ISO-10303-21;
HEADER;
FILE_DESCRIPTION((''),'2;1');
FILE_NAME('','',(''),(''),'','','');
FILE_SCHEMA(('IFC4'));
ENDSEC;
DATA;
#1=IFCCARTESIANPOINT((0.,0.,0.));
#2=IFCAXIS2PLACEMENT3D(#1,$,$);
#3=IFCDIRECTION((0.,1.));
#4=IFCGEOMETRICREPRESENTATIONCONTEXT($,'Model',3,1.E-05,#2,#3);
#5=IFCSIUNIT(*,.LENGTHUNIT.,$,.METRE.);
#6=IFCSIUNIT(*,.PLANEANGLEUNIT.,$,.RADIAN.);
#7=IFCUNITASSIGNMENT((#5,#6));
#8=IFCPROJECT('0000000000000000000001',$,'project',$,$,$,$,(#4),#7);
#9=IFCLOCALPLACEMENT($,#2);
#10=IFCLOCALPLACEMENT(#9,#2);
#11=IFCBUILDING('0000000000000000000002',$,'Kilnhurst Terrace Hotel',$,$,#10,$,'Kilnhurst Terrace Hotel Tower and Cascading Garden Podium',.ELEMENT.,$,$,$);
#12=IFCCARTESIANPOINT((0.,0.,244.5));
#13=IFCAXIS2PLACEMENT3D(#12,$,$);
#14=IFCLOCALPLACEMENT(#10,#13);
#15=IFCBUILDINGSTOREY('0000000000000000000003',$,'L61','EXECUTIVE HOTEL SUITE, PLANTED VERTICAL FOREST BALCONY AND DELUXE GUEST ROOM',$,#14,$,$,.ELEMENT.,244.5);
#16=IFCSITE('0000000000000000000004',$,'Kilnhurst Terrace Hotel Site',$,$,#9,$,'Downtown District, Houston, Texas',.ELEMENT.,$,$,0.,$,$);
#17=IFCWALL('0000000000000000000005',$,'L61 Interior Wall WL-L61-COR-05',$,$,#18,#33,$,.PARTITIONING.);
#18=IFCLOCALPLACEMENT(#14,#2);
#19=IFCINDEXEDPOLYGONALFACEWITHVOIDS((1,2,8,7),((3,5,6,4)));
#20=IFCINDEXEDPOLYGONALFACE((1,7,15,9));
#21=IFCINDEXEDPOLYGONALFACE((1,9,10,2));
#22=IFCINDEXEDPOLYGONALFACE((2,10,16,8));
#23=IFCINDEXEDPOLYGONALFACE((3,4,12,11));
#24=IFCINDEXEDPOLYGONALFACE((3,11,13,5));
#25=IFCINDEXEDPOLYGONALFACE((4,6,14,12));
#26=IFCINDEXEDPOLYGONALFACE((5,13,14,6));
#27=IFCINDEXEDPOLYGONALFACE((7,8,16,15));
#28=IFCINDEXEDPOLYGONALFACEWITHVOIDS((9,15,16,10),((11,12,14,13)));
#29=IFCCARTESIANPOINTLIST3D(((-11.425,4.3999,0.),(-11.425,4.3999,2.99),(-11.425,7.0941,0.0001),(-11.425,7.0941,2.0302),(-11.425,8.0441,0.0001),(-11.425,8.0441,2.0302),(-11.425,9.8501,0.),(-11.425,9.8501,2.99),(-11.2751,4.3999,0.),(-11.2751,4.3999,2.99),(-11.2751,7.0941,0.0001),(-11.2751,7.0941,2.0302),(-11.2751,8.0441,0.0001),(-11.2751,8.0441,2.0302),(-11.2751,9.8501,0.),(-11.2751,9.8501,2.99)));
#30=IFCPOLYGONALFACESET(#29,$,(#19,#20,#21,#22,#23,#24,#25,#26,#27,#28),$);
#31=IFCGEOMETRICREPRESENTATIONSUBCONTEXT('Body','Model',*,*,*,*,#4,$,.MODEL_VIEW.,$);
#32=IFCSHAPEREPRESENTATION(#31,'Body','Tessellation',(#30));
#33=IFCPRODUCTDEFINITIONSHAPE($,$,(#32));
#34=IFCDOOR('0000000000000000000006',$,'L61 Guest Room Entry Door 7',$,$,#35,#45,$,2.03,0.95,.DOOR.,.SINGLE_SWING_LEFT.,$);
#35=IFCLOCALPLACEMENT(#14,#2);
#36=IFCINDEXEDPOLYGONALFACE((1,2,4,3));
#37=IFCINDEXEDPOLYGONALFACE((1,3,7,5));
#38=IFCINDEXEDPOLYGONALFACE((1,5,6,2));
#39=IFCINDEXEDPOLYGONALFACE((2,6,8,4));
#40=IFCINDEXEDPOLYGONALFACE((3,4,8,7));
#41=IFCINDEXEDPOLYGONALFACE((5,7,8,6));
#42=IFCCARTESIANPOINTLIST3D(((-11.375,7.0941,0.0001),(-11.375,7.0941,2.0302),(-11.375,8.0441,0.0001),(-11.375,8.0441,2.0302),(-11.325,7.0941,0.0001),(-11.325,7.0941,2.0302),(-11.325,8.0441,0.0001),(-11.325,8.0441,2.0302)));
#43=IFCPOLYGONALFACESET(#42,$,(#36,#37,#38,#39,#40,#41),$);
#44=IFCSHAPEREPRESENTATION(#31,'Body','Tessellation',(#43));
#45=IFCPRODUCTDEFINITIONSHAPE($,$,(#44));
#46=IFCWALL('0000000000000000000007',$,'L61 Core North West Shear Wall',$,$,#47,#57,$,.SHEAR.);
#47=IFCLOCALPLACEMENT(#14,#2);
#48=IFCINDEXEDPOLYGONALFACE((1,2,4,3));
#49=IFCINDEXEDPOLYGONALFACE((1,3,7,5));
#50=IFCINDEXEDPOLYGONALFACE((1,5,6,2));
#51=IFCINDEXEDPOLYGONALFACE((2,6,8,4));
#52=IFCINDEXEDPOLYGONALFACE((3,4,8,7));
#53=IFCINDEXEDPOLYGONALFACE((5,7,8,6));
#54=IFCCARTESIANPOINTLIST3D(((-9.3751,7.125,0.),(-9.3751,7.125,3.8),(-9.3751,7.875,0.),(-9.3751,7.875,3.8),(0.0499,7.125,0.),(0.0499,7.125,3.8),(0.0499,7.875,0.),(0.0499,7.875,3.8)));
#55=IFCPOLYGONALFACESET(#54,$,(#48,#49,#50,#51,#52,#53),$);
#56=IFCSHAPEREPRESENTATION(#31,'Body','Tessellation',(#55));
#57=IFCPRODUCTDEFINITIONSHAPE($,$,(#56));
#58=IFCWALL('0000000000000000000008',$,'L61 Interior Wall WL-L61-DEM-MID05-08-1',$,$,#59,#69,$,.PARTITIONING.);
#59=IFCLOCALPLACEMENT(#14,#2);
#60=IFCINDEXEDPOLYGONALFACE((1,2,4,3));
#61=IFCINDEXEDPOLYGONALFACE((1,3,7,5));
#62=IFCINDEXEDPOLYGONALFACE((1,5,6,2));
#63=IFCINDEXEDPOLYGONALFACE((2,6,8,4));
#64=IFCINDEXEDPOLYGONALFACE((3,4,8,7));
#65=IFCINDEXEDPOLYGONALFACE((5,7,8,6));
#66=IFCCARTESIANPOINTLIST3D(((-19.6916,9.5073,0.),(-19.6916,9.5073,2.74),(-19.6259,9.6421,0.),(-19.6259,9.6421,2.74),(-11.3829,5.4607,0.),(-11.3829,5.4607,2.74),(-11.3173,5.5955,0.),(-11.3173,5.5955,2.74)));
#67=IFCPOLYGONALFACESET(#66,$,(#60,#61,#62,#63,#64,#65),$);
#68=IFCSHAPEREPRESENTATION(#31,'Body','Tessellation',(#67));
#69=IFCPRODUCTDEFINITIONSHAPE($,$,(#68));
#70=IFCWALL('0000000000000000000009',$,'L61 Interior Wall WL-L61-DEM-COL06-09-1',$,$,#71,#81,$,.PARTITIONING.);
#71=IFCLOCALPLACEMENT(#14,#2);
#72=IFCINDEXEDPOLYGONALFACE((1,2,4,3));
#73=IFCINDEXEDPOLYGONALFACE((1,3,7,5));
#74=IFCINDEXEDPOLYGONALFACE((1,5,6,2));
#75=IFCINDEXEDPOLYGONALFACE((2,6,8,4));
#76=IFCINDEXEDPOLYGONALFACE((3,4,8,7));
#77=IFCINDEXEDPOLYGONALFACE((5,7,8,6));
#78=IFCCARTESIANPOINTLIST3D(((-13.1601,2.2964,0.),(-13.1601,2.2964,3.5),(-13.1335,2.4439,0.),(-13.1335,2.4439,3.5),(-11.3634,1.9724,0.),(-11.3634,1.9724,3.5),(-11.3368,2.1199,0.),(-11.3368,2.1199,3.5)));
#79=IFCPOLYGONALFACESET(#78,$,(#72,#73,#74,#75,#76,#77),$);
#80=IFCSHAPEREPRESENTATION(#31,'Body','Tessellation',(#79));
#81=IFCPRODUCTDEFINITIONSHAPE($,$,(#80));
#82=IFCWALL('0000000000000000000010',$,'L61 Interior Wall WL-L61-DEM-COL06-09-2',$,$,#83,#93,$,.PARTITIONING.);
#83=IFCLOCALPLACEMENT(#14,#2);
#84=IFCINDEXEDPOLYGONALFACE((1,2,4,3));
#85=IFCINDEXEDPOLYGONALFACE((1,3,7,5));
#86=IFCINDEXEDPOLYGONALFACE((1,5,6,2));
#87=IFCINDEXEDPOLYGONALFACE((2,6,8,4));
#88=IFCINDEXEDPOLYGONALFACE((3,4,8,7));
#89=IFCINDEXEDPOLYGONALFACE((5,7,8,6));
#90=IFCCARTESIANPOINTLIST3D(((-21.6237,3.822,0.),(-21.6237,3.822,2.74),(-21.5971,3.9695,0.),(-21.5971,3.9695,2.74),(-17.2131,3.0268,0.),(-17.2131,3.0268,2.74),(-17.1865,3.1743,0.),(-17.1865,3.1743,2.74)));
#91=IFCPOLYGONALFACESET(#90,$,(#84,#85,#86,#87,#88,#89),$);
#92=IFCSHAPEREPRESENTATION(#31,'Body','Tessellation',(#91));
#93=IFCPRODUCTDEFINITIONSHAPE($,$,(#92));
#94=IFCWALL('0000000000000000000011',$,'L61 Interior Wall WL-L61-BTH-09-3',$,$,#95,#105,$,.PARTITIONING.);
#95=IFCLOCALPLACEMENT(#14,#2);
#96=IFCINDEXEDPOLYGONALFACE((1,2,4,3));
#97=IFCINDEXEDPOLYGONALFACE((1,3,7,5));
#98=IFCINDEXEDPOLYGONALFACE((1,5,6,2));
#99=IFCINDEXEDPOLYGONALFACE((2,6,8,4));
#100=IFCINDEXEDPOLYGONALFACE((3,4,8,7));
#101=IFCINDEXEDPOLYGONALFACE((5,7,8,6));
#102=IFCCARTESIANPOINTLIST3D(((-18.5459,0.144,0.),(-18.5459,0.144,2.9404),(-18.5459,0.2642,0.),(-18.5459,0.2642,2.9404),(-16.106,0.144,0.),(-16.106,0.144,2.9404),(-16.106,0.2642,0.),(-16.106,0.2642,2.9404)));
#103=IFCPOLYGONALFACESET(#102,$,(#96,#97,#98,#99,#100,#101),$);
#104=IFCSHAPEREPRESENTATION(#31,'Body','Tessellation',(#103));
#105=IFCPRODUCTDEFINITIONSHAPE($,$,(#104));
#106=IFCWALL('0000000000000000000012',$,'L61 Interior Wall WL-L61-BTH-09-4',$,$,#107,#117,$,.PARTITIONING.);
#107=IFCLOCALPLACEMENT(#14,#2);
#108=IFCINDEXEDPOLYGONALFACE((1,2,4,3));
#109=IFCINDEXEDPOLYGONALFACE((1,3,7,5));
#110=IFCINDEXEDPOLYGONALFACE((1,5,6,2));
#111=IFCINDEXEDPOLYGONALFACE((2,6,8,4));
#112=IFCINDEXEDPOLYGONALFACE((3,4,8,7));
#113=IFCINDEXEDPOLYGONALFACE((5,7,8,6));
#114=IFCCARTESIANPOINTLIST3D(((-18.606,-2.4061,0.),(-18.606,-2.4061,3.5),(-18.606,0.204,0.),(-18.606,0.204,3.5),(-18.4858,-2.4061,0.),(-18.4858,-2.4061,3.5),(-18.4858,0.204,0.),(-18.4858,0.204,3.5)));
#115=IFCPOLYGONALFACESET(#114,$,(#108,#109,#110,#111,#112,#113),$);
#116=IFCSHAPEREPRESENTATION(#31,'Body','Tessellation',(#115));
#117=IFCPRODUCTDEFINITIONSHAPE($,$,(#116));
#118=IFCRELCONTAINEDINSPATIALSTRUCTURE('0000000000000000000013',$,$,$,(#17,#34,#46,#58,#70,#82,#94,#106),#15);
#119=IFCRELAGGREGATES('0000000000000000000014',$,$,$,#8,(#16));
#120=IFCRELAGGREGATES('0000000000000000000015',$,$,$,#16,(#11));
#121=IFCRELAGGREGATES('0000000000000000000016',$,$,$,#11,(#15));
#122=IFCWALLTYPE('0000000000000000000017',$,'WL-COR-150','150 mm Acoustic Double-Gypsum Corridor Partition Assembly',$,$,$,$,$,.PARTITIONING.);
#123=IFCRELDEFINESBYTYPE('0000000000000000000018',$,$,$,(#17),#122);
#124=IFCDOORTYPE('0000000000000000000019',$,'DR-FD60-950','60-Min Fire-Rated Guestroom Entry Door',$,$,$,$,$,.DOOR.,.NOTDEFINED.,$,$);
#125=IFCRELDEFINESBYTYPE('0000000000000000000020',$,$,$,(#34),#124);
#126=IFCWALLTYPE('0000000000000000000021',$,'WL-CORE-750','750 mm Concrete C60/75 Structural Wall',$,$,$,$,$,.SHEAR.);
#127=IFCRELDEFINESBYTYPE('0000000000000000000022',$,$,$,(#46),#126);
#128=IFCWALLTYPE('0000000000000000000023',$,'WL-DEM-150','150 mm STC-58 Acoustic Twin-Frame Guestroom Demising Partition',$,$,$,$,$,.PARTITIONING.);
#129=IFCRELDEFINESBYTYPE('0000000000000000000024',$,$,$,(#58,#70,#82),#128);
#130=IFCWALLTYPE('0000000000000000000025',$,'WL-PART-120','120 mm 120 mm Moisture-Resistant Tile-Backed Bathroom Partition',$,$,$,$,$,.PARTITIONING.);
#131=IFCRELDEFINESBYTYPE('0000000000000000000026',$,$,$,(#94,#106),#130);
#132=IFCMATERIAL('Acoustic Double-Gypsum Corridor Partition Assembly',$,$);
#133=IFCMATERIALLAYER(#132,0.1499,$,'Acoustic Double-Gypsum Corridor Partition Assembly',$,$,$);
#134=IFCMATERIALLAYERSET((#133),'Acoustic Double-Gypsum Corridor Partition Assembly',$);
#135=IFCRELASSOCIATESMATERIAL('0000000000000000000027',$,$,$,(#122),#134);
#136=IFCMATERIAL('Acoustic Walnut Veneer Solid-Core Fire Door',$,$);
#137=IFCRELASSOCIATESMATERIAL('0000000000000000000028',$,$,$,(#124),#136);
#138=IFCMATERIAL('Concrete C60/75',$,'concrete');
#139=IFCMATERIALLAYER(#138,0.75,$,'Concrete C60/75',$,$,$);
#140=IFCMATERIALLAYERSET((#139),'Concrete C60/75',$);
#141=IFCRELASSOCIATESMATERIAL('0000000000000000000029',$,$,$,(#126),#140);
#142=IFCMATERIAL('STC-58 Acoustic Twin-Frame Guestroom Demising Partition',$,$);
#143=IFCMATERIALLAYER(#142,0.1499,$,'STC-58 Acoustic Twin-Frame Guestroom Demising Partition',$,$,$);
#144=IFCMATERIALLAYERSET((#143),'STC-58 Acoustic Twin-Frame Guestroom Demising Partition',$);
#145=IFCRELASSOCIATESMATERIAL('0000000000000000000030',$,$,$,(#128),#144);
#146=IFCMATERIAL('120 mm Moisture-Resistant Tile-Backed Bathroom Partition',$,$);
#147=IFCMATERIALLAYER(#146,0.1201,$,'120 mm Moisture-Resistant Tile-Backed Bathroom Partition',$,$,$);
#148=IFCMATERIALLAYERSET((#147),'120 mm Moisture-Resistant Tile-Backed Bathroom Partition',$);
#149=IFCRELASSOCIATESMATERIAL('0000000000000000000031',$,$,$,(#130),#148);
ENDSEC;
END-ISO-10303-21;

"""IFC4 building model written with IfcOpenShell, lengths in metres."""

from ifc_helpers import new_model, si_unit, direction, frame, frame_2d, origin, place, context, subcontext, project, spatial, rectangle, extrude, material, layer, layer_set, type_object, element, fill, save


model = new_model("IFC4")

# Units and contexts
model_context = context("Model", 3, precision=1e-05, world=origin(), true_north=direction((0.0, 1.0)))
body_context = subcontext(model_context, "Body", "Model", "MODEL_VIEW")
ifc_project = project(units=[si_unit("LENGTHUNIT", "METRE"), si_unit("PLANEANGLEUNIT", "RADIAN")], contexts=[model_context])

# Site, building, storey
site_placement = place(None, origin())
site = spatial("IfcSite", under=ifc_project, at=site_placement, Name="Kilnhurst Terrace Hotel Site", LongName="Downtown District, Houston, Texas", CompositionType="ELEMENT", RefElevation=0.0)
building_placement = place(site_placement, origin())
building = spatial("IfcBuilding", under=site, at=building_placement, Name="Kilnhurst Terrace Hotel", LongName="Kilnhurst Terrace Hotel Tower and Cascading Garden Podium", CompositionType="ELEMENT")
storey_placement = place(building_placement, frame((0.0, 0.0, 244.5)))
storey = spatial("IfcBuildingStorey", under=building, at=storey_placement, Name="L61", Description="EXECUTIVE HOTEL SUITE, PLANTED VERTICAL FOREST BALCONY AND DELUXE GUEST ROOM", CompositionType="ELEMENT", Elevation=244.5)

# Shared definitions
ifc_material_1 = material(Name="Concrete C60/75", Category="concrete")

# Shared definitions
ifc_material_2 = material(Name="Acoustic Double-Gypsum Corridor Partition Assembly")
ifc_layer_1 = layer(ifc_material_2, 0.1499, Name="Acoustic Double-Gypsum Corridor Partition Assembly")
ifc_layer_set_1 = layer_set([ifc_layer_1], Name="Acoustic Double-Gypsum Corridor Partition Assembly")
wall_type_1 = type_object("IfcWallType", Name="WL-COR-150", Description="150 mm Acoustic Double-Gypsum Corridor Partition Assembly", PredefinedType="PARTITIONING", material=ifc_layer_set_1)

# Wall, opening, door
wall_1_placement = place(storey_placement, frame((-11.3501, 4.3999, 0.0), z_axis=(0.0, 0.0, 1.0), x_axis=(0.0, 1.0, 0.0)))
wall_1 = element("IfcWall", 1, at=wall_1_placement, inside=storey, type_object=wall_type_1, Name="L61 Interior Wall WL-L61-COR-05", PredefinedType="PARTITIONING", context=body_context, shape_type="SweptSolid", body=[
    extrude(rectangle(XDim=5.4502, YDim=0.1499, at=frame_2d((2.7251, 0.0))), origin(), (0.0, 0.0, 1.0), 2.99),
])
opening_1_placement = place(wall_1_placement, frame((2.6941, 0.0, 0.0)))
opening_1 = element("IfcOpeningElement", 2, at=opening_1_placement, cuts=wall_1, PredefinedType="OPENING", context=body_context, shape_type="SweptSolid", body=[
    extrude(rectangle(XDim=0.95, YDim=2.03, at=frame_2d((0.4751, 1.0151))), frame((0.0, 0.085, 0.0), z_axis=(0.0, -1.0, 0.0), x_axis=(1.0, 0.0, 0.0)), (0.0, 0.0, 1.0), 0.1699),
])
ifc_material_3 = material(Name="Acoustic Walnut Veneer Solid-Core Fire Door")
door_type_1 = type_object("IfcDoorType", Name="DR-FD60-950", Description="60-Min Fire-Rated Guestroom Entry Door", OperationType="NOTDEFINED", PredefinedType="DOOR", material=ifc_material_3)
door_1_placement = place(opening_1_placement, origin())
door_1 = element("IfcDoor", 3, at=door_1_placement, inside=storey, type_object=door_type_1, Name="L61 Guest Room Entry Door 7", OperationType="SINGLE_SWING_LEFT", OverallHeight=2.03, OverallWidth=0.95, PredefinedType="DOOR", context=body_context, shape_type="SweptSolid", body=[
    extrude(rectangle(XDim=0.95, YDim=2.03, at=frame_2d((0.4751, 1.0151))), frame((0.0, 0.0249, 0.0), z_axis=(0.0, -1.0, 0.0), x_axis=(1.0, 0.0, 0.0)), (0.0, 0.0, 1.0), 0.05),
])
fill(opening_1, door_1)

# Walls
ifc_layer_2 = layer(ifc_material_1, 0.75, Name="Concrete C60/75")
ifc_layer_set_2 = layer_set([ifc_layer_2], Name="Concrete C60/75")
wall_type_2 = type_object("IfcWallType", Name="WL-CORE-750", Description="750 mm Concrete C60/75 Structural Wall", PredefinedType="SHEAR", material=ifc_layer_set_2)
wall_2_placement = place(storey_placement, frame((-9.375, 7.5, 0.0), z_axis=(0.0, 0.0, 1.0), x_axis=(1.0, 0.0, 0.0)))
element("IfcWall", 4, at=wall_2_placement, inside=storey, type_object=wall_type_2, Name="L61 Core North West Shear Wall", PredefinedType="SHEAR", context=body_context, shape_type="SweptSolid", body=[
    extrude(rectangle(XDim=9.425, YDim=0.75, at=frame_2d((4.7124, 0.0))), origin(), (0.0, 0.0, 1.0), 3.8),
])
ifc_material_4 = material(Name="STC-58 Acoustic Twin-Frame Guestroom Demising Partition")
ifc_layer_3 = layer(ifc_material_4, 0.1499, Name="STC-58 Acoustic Twin-Frame Guestroom Demising Partition")
ifc_layer_set_3 = layer_set([ifc_layer_3], Name="STC-58 Acoustic Twin-Frame Guestroom Demising Partition")
wall_type_3 = type_object("IfcWallType", Name="WL-DEM-150", Description="150 mm STC-58 Acoustic Twin-Frame Guestroom Demising Partition", PredefinedType="PARTITIONING", material=ifc_layer_set_3)
wall_3_placement = place(storey_placement, frame((-11.3501, 5.5281, 0.0), z_axis=(0.0, 0.0, 1.0), x_axis=(-0.899039, 0.437869, 0.0)))
element("IfcWall", 5, at=wall_3_placement, inside=storey, type_object=wall_type_3, Name="L61 Interior Wall WL-L61-DEM-MID05-08-1", PredefinedType="PARTITIONING", context=body_context, shape_type="SweptSolid", body=[
    extrude(rectangle(XDim=9.2417, YDim=0.1499, at=frame_2d((4.6208, 0.0))), origin(), (0.0, 0.0, 1.0), 2.74),
])
wall_4_placement = place(storey_placement, frame((-11.3501, 2.0461, 0.0), z_axis=(0.0, 0.0, 1.0), x_axis=(-0.984128, 0.177461, 0.0)))
element("IfcWall", 6, at=wall_4_placement, inside=storey, type_object=wall_type_3, Name="L61 Interior Wall WL-L61-DEM-COL06-09-1", PredefinedType="PARTITIONING", context=body_context, shape_type="SweptSolid", body=[
    extrude(rectangle(XDim=1.8257, YDim=0.1499, at=frame_2d((0.9128, 0.0))), origin(), (0.0, 0.0, 1.0), 3.5),
])
wall_5_placement = place(storey_placement, frame((-17.2, 3.1006, 0.0), z_axis=(0.0, 0.0, 1.0), x_axis=(-0.984135, 0.177423, 0.0)))
element("IfcWall", 7, at=wall_5_placement, inside=storey, type_object=wall_type_3, Name="L61 Interior Wall WL-L61-DEM-COL06-09-2", PredefinedType="PARTITIONING", context=body_context, shape_type="SweptSolid", body=[
    extrude(rectangle(XDim=4.4817, YDim=0.1499, at=frame_2d((2.2407, 0.0))), origin(), (0.0, 0.0, 1.0), 2.74),
])
ifc_material_5 = material(Name="120 mm Moisture-Resistant Tile-Backed Bathroom Partition")
ifc_layer_4 = layer(ifc_material_5, 0.1201, Name="120 mm Moisture-Resistant Tile-Backed Bathroom Partition")
ifc_layer_set_4 = layer_set([ifc_layer_4], Name="120 mm Moisture-Resistant Tile-Backed Bathroom Partition")
wall_type_4 = type_object("IfcWallType", Name="WL-PART-120", Description="120 mm 120 mm Moisture-Resistant Tile-Backed Bathroom Partition", PredefinedType="PARTITIONING", material=ifc_layer_set_4)
wall_6_placement = place(storey_placement, frame((-16.106, 0.2041, 0.0), z_axis=(0.0, 0.0, 1.0), x_axis=(-1.0, 0.0, 0.0)))
element("IfcWall", 8, at=wall_6_placement, inside=storey, type_object=wall_type_4, Name="L61 Interior Wall WL-L61-BTH-09-3", PredefinedType="PARTITIONING", context=body_context, shape_type="SweptSolid", body=[
    extrude(rectangle(XDim=2.4399, YDim=0.1201, at=frame_2d((1.22, 0.0))), origin(), (0.0, 0.0, 1.0), 2.9404),
])
wall_7_placement = place(storey_placement, frame((-18.5459, 0.2041, 0.0), z_axis=(0.0, 0.0, 1.0), x_axis=(0.0, -1.0, 0.0)))
element("IfcWall", 9, at=wall_7_placement, inside=storey, type_object=wall_type_4, Name="L61 Interior Wall WL-L61-BTH-09-4", PredefinedType="PARTITIONING", context=body_context, shape_type="SweptSolid", body=[
    extrude(rectangle(XDim=2.6101, YDim=0.1201, at=frame_2d((1.3052, 0.0))), origin(), (0.0, 0.0, 1.0), 3.5),
])

save(model, "model.ifc")
